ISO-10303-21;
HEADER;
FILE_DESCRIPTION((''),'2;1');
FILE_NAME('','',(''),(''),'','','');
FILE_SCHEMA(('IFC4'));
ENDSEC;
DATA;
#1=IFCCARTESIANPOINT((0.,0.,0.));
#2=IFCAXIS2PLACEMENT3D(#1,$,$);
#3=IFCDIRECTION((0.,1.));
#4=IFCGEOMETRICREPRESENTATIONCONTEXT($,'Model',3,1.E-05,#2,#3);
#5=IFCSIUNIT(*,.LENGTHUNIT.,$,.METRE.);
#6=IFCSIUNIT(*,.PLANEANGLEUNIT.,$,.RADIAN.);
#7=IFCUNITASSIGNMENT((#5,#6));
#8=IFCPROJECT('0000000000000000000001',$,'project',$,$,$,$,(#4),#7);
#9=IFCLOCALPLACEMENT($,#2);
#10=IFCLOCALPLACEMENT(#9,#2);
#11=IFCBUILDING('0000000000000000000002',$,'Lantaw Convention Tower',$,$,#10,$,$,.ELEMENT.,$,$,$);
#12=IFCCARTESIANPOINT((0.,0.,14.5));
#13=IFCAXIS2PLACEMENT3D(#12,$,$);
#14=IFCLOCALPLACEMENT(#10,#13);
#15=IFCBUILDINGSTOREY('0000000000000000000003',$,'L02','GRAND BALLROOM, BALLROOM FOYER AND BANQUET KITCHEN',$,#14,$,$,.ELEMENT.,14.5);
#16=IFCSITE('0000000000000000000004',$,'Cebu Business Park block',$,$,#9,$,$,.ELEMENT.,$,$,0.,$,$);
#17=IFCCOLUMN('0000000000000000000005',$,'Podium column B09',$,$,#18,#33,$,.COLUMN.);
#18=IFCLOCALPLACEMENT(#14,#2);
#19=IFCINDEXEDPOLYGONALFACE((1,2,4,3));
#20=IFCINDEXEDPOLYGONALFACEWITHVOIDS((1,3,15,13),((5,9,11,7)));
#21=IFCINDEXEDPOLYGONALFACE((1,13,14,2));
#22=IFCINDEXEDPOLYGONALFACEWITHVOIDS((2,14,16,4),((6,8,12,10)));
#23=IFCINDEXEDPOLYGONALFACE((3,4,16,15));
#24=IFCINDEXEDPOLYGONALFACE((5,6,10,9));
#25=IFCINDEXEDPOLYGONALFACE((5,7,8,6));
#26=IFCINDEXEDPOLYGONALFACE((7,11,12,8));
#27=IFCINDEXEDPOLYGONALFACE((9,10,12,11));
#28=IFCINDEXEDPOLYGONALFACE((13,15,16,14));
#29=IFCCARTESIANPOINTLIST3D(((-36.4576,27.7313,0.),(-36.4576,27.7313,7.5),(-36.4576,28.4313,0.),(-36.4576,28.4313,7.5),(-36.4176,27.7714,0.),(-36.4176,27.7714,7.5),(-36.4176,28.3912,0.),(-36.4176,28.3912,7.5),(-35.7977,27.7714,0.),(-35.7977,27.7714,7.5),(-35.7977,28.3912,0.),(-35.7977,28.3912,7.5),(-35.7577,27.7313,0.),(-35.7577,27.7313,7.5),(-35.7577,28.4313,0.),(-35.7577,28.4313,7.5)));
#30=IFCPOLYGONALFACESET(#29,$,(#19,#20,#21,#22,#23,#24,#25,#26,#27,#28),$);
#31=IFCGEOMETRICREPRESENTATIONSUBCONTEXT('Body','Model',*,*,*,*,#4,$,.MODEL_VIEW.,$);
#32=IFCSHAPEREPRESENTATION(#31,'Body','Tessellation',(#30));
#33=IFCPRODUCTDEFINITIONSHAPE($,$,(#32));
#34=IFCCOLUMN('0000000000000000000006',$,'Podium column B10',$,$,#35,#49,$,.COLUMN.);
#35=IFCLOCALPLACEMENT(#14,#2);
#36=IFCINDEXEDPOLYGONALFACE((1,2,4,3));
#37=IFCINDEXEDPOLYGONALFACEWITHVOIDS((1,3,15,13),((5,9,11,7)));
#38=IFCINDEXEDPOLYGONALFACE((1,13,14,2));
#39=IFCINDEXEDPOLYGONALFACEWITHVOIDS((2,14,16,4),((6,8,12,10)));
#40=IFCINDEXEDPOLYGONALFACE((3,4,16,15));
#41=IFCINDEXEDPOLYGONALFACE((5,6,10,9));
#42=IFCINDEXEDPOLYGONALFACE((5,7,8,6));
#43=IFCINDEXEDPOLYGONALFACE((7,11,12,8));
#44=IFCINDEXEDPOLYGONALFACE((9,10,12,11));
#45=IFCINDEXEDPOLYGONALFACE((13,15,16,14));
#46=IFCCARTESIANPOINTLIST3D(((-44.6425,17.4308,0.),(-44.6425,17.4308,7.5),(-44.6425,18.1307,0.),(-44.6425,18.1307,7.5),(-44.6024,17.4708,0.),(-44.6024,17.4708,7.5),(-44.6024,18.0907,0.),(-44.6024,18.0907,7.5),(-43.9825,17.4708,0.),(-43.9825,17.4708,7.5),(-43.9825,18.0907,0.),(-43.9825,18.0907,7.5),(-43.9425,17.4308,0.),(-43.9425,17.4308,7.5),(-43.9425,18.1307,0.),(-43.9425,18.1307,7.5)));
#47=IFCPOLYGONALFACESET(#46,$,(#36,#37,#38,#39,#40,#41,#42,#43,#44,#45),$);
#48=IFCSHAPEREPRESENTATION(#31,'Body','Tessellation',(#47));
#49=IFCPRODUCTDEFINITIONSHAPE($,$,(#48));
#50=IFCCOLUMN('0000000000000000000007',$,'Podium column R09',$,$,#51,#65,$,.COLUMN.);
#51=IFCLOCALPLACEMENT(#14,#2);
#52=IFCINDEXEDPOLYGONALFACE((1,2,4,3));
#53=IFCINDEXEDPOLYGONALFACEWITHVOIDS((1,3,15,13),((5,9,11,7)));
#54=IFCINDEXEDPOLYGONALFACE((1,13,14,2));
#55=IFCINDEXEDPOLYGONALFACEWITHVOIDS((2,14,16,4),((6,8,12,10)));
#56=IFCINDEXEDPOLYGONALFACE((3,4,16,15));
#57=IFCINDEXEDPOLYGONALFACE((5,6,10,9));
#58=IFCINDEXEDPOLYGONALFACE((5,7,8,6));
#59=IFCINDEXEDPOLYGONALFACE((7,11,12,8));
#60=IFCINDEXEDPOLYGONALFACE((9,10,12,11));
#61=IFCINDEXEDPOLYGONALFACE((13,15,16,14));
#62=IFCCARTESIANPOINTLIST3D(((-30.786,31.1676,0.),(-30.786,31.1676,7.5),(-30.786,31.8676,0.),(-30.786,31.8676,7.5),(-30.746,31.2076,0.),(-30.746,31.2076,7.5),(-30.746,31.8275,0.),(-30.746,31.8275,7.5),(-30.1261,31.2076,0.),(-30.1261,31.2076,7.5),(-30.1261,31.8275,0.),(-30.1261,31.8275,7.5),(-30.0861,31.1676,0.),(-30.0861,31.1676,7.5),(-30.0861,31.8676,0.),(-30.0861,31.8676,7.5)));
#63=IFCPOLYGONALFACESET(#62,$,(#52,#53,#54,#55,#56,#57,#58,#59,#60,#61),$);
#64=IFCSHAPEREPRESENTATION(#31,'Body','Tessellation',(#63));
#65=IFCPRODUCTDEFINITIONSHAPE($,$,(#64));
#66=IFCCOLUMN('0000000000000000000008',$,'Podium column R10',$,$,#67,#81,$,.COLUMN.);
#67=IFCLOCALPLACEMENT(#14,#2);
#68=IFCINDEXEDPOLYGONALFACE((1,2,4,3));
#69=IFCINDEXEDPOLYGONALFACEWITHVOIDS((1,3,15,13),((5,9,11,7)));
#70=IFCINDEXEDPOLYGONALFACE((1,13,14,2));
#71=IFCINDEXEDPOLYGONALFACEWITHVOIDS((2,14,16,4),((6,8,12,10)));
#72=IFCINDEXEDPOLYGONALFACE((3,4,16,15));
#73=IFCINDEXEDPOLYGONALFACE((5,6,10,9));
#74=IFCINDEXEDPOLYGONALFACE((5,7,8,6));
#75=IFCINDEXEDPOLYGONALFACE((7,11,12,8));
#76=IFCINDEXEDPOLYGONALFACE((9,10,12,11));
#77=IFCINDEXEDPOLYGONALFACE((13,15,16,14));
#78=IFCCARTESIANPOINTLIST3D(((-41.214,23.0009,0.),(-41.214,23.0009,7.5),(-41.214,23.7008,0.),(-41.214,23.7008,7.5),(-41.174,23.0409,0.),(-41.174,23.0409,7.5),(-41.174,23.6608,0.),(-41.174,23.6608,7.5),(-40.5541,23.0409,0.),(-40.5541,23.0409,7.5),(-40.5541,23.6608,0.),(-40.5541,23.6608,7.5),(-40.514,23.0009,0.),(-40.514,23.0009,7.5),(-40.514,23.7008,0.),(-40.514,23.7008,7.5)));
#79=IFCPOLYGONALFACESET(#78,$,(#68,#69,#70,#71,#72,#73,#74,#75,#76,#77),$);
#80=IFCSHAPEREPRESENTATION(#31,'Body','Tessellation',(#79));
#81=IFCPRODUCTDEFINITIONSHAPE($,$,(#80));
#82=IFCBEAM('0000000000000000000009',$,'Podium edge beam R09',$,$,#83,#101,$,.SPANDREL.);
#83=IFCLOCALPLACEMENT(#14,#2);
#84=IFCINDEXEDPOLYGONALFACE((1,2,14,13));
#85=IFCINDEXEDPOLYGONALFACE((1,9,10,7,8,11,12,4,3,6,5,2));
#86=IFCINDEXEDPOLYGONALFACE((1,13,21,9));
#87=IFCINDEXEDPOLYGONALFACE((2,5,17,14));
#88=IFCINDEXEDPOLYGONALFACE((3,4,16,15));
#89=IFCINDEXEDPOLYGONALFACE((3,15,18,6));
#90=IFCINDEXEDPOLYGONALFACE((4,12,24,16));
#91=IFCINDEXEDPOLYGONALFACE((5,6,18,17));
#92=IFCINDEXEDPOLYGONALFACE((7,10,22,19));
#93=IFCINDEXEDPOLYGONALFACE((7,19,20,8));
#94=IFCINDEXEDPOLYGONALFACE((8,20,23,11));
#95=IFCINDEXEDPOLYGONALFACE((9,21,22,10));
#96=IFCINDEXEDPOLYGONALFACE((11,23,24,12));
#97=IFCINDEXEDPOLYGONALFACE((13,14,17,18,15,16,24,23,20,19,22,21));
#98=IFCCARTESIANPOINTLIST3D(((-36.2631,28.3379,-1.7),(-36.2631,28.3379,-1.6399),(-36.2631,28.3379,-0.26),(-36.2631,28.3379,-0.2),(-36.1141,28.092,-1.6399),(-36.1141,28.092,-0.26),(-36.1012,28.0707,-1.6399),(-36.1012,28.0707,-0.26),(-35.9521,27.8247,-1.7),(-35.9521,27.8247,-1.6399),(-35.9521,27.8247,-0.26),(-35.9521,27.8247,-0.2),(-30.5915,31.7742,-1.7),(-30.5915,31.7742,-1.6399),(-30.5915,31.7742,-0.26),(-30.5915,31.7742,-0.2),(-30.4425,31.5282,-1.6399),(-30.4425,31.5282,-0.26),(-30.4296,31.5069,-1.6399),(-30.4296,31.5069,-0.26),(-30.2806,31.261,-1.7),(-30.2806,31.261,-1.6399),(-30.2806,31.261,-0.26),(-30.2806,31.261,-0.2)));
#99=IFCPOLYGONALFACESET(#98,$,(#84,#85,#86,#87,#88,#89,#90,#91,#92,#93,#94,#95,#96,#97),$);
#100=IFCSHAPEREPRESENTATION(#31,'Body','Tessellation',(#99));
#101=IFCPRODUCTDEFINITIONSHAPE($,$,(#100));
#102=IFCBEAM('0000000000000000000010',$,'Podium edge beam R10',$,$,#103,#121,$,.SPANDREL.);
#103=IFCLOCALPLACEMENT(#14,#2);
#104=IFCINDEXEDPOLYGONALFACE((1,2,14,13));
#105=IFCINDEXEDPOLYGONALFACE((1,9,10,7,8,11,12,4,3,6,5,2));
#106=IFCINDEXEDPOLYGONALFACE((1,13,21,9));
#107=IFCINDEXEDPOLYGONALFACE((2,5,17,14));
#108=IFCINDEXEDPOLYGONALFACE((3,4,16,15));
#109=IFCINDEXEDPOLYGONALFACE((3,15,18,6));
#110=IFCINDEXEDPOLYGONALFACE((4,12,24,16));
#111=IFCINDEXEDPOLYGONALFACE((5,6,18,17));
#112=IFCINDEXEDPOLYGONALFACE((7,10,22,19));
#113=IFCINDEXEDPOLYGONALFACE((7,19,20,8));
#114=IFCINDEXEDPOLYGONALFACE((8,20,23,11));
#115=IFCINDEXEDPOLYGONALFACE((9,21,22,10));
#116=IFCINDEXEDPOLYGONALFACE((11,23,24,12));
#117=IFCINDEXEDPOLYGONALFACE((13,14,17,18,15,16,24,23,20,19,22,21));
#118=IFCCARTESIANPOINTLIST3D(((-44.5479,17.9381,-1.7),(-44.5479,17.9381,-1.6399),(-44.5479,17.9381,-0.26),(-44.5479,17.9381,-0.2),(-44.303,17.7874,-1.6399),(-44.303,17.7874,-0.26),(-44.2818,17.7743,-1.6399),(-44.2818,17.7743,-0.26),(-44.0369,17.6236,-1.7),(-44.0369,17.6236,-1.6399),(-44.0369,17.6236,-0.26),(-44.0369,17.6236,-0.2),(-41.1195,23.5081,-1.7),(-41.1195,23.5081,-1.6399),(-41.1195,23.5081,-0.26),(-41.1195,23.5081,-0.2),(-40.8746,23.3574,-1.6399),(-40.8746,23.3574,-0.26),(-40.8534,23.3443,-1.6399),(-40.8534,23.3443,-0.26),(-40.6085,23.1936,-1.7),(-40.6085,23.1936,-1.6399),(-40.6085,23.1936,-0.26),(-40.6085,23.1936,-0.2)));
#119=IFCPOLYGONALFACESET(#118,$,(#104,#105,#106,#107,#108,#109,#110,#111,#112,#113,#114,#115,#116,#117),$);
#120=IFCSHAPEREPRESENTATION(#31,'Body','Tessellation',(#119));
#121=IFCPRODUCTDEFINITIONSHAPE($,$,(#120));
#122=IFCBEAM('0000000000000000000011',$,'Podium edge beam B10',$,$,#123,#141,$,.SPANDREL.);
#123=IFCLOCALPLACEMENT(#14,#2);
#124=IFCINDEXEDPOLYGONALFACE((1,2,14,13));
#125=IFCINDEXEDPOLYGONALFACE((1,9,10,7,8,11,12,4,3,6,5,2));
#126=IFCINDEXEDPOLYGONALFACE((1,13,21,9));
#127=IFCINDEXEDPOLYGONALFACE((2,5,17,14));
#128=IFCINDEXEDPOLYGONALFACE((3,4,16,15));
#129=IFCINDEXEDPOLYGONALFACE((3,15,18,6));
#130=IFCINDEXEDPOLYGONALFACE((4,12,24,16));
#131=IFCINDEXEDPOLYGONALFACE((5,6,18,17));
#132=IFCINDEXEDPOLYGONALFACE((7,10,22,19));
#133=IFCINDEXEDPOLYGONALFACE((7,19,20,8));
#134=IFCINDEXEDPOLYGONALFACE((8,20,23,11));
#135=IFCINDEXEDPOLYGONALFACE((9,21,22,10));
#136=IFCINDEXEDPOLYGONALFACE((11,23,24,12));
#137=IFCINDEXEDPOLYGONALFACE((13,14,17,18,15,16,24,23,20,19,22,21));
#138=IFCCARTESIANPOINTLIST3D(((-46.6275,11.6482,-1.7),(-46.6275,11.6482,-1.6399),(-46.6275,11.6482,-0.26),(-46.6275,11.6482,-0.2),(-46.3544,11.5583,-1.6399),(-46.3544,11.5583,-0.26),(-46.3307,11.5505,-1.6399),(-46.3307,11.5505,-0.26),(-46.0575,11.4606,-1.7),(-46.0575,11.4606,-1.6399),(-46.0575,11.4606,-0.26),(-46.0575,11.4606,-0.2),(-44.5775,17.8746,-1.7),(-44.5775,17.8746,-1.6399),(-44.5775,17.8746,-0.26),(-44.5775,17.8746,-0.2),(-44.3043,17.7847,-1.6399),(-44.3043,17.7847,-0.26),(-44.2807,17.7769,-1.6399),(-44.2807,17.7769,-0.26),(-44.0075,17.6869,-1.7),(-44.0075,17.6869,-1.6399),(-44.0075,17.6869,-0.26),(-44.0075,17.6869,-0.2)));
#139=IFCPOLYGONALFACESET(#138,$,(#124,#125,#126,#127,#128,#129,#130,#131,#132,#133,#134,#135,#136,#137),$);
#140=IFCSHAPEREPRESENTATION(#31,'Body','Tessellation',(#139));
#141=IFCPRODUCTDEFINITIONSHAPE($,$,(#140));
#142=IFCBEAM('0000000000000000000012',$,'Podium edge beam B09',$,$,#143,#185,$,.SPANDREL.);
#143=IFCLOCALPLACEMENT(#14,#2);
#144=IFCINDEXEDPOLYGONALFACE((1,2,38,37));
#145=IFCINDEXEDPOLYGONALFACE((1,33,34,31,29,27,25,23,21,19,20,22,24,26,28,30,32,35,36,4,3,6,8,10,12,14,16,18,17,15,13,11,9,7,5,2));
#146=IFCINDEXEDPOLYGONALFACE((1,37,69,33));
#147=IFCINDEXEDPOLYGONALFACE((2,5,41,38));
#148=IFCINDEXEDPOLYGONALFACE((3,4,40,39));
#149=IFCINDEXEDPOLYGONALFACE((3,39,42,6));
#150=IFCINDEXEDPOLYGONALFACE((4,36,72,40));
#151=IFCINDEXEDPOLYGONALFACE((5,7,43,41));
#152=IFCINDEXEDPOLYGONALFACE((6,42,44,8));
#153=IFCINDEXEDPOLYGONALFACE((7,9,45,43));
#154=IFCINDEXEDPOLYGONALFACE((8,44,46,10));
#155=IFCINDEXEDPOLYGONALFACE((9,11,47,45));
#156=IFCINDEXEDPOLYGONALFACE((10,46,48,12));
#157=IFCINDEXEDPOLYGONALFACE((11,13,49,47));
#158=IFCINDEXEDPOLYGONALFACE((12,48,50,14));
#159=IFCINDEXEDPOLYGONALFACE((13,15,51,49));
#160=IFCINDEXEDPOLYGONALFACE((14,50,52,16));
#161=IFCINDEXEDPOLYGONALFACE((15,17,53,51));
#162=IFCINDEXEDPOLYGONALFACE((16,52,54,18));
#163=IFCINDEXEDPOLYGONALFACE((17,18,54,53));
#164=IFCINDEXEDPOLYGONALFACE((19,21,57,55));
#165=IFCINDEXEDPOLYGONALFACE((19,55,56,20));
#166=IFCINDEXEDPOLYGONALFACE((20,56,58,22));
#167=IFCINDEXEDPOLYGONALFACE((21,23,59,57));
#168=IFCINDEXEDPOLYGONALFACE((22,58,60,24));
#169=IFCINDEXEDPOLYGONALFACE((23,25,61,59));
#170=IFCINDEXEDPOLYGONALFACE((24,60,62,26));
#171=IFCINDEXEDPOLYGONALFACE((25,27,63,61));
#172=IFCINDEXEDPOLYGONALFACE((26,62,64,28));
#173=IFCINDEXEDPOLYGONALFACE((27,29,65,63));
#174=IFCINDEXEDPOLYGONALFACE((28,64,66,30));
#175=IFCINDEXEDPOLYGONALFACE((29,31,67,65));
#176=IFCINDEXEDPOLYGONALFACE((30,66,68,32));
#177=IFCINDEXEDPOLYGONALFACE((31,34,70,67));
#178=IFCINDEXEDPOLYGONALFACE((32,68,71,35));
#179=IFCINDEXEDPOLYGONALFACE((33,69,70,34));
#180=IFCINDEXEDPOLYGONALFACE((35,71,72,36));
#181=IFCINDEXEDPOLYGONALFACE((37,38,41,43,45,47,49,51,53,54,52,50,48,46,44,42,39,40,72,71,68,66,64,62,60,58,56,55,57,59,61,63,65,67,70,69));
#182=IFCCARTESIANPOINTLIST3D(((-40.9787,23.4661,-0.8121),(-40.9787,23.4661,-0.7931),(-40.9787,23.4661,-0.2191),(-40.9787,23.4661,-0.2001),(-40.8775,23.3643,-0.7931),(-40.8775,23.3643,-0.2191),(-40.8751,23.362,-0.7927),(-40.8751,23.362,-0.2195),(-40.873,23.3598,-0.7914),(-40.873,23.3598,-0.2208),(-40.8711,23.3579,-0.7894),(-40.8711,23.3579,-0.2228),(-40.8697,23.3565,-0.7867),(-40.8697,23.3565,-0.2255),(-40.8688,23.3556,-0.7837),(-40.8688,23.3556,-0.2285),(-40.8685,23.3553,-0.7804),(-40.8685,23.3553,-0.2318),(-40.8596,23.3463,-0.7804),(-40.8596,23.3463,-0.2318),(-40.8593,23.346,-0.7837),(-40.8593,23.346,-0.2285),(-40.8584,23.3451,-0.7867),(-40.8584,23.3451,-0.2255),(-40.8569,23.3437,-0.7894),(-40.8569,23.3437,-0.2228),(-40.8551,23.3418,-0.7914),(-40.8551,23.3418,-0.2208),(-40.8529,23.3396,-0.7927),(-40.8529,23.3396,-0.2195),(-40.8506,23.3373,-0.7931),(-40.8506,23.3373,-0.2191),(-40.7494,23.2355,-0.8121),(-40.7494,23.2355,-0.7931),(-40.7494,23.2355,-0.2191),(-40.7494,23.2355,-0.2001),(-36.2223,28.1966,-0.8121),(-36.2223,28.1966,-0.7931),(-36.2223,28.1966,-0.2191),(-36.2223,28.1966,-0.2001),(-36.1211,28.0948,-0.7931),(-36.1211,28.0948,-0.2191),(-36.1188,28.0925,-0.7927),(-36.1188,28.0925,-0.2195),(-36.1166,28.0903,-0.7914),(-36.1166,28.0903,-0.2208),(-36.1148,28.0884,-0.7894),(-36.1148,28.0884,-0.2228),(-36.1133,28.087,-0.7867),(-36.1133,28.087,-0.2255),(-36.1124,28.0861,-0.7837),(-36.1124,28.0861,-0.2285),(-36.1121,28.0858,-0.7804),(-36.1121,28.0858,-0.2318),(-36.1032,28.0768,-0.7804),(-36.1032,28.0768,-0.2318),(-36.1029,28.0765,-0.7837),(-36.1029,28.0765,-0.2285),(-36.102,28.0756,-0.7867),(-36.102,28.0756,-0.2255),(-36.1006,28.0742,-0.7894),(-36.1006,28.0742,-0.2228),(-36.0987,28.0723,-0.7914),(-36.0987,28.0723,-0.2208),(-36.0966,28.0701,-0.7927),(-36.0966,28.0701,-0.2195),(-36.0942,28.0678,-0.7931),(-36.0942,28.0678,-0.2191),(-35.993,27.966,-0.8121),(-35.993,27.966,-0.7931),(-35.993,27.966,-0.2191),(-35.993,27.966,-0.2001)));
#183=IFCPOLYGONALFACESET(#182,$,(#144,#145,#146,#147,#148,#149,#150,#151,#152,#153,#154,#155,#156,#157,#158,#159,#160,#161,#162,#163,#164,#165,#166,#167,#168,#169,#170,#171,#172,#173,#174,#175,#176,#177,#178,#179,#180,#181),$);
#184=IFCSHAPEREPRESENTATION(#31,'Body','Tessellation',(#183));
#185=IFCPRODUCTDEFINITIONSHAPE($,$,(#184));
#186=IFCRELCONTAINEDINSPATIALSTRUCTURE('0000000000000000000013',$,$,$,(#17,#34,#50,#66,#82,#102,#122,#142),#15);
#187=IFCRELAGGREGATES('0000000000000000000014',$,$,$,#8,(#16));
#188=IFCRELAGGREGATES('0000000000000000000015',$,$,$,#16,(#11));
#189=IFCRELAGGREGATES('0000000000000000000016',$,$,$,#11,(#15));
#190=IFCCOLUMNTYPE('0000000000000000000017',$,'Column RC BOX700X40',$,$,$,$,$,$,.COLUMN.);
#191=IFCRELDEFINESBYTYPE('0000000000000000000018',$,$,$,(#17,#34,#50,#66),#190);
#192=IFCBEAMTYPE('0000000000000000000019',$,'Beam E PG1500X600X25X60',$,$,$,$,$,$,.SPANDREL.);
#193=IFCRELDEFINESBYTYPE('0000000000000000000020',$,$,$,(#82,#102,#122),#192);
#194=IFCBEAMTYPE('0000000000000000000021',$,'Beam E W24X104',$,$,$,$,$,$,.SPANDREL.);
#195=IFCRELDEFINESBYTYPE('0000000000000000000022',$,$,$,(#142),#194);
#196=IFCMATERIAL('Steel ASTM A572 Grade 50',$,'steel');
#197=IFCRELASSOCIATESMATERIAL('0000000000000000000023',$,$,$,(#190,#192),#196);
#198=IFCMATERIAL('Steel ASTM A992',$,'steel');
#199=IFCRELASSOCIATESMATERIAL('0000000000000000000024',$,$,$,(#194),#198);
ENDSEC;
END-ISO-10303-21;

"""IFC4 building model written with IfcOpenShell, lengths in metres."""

from ifc_helpers import new_model, si_unit, direction, frame, origin, origin_2d, place, context, subcontext, project, spatial, hollow_rectangle, i_section, extrude, material, material_profile, profile_set, type_object, element, save


model = new_model("IFC4")

# Units and contexts
model_context = context("Model", 3, precision=1e-05, world=origin(), true_north=direction((0.0, 1.0)))
body_context = subcontext(model_context, "Body", "Model", "MODEL_VIEW")
ifc_project = project(units=[si_unit("LENGTHUNIT", "METRE"), si_unit("PLANEANGLEUNIT", "RADIAN")], contexts=[model_context])

# Site, building, storey
site_placement = place(None, origin())
site = spatial("IfcSite", under=ifc_project, at=site_placement, Name="Cebu Business Park block", CompositionType="ELEMENT", RefElevation=0.0)
building_placement = place(site_placement, origin())
building = spatial("IfcBuilding", under=site, at=building_placement, Name="Lantaw Convention Tower", CompositionType="ELEMENT")
storey_placement = place(building_placement, frame((0.0, 0.0, 14.5)))
storey = spatial("IfcBuildingStorey", under=building, at=storey_placement, Name="L02", Description="GRAND BALLROOM, BALLROOM FOYER AND BANQUET KITCHEN", CompositionType="ELEMENT", Elevation=14.5)

# Columns
ifc_material_1 = material(Name="Steel ASTM A572 Grade 50", Category="steel")
ifc_material_profile_1 = material_profile(ifc_material_1, hollow_rectangle(XDim=0.7, YDim=0.7, WallThickness=0.04, at=origin_2d()), Name="BOX700X40")
ifc_profile_set_1 = profile_set([ifc_material_profile_1], Name="Steel ASTM A572 Grade 50")
column_type = type_object("IfcColumnType", Name="Column RC BOX700X40", PredefinedType="COLUMN", material=ifc_profile_set_1)
for number, where, z_axis, x_axis, name in (
    (1, (-36.1077, 28.0813, 0.0), (0.0, 0.0, 1.0), (1.0, 0.0, 0.0), "Podium column B09"),
    (2, (-44.2925, 17.7808, 0.0), (0.0, 0.0, 1.0), (1.0, 0.0, 0.0), "Podium column B10"),
    (3, (-30.436, 31.5176, 0.0), (0.0, 0.0, 1.0), (1.0, 0.0, 0.0), "Podium column R09"),
    (4, (-40.864, 23.3508, 0.0), (0.0, 0.0, 1.0), (1.0, 0.0, 0.0), "Podium column R10"),
):
    element("IfcColumn", number, at=place(storey_placement, frame(where, z_axis=z_axis, x_axis=x_axis)), inside=storey, type_object=column_type, Name=name, PredefinedType="COLUMN", context=body_context, shape_type="SweptSolid", body=[
        extrude(hollow_rectangle(XDim=0.7, YDim=0.7, WallThickness=0.04, at=origin_2d()), origin(), (0.0, 0.0, 1.0), 7.5),
    ])

# Beams
ifc_material_profile_2 = material_profile(ifc_material_1, i_section(OverallWidth=0.6001, OverallDepth=1.5, WebThickness=0.0249, FlangeThickness=0.0601, at=origin_2d()), Name="PG1500X600X25X60")
ifc_profile_set_2 = profile_set([ifc_material_profile_2], Name="Steel ASTM A572 Grade 50")
beam_type_1 = type_object("IfcBeamType", Name="Beam E PG1500X600X25X60", PredefinedType="SPANDREL", material=ifc_profile_set_2)
beam_1_placement = place(storey_placement, frame((-30.436, 31.5176, -0.95), z_axis=(-0.85527, -0.518183, 0.0), x_axis=(0.518183, -0.85527, 0.0)))
element("IfcBeam", 5, at=beam_1_placement, inside=storey, type_object=beam_type_1, Name="Podium edge beam R09", PredefinedType="SPANDREL", context=body_context, shape_type="SweptSolid", body=[
    extrude(i_section(OverallWidth=0.6001, OverallDepth=1.5, WebThickness=0.0249, FlangeThickness=0.0601, at=origin_2d()), origin(), (0.0, 0.0, 1.0), 6.6313),
])
beam_2_placement = place(storey_placement, frame((-40.864, 23.3508, -0.95), z_axis=(-0.524179, -0.851608, 0.0), x_axis=(0.851608, -0.524179, 0.0)))
element("IfcBeam", 6, at=beam_2_placement, inside=storey, type_object=beam_type_1, Name="Podium edge beam R10", PredefinedType="SPANDREL", context=body_context, shape_type="SweptSolid", body=[
    extrude(i_section(OverallWidth=0.6001, OverallDepth=1.5, WebThickness=0.0249, FlangeThickness=0.0601, at=origin_2d()), origin(), (0.0, 0.0, 1.0), 6.5405),
])
beam_3_placement = place(storey_placement, frame((-44.2925, 17.7808, -0.95), z_axis=(-0.31274, -0.949839, 0.0), x_axis=(0.949839, -0.31274, 0.0)))
element("IfcBeam", 7, at=beam_3_placement, inside=storey, type_object=beam_type_1, Name="Podium edge beam B10", PredefinedType="SPANDREL", context=body_context, shape_type="SweptSolid", body=[
    extrude(i_section(OverallWidth=0.6001, OverallDepth=1.5, WebThickness=0.0249, FlangeThickness=0.0601, at=origin_2d()), origin(), (0.0, 0.0, 1.0), 6.5552),
])
ifc_material_2 = material(Name="Steel ASTM A992", Category="steel")
ifc_material_profile_3 = material_profile(ifc_material_2, i_section(OverallWidth=0.3252, OverallDepth=0.6121, WebThickness=0.0127, FlangeThickness=0.019, FilletRadius=0.0127, at=origin_2d()), Name="W24X104")
ifc_profile_set_3 = profile_set([ifc_material_profile_3], Name="Steel ASTM A992")
beam_type_2 = type_object("IfcBeamType", Name="Beam E W24X104", PredefinedType="SPANDREL", material=ifc_profile_set_3)
beam_4_placement = place(storey_placement, frame((-36.1077, 28.0813, -0.5061), z_axis=(-0.709033, -0.705175, 0.0), x_axis=(0.705175, -0.709033, 0.0)))
element("IfcBeam", 8, at=beam_4_placement, inside=storey, type_object=beam_type_2, Name="Podium edge beam B09", PredefinedType="SPANDREL", context=body_context, shape_type="SweptSolid", body=[
    extrude(i_section(OverallWidth=0.3252, OverallDepth=0.6121, WebThickness=0.0127, FlangeThickness=0.019, FilletRadius=0.0127, at=origin_2d()), origin(), (0.0, 0.0, 1.0), 6.7083),
])

save(model, "model.ifc")
